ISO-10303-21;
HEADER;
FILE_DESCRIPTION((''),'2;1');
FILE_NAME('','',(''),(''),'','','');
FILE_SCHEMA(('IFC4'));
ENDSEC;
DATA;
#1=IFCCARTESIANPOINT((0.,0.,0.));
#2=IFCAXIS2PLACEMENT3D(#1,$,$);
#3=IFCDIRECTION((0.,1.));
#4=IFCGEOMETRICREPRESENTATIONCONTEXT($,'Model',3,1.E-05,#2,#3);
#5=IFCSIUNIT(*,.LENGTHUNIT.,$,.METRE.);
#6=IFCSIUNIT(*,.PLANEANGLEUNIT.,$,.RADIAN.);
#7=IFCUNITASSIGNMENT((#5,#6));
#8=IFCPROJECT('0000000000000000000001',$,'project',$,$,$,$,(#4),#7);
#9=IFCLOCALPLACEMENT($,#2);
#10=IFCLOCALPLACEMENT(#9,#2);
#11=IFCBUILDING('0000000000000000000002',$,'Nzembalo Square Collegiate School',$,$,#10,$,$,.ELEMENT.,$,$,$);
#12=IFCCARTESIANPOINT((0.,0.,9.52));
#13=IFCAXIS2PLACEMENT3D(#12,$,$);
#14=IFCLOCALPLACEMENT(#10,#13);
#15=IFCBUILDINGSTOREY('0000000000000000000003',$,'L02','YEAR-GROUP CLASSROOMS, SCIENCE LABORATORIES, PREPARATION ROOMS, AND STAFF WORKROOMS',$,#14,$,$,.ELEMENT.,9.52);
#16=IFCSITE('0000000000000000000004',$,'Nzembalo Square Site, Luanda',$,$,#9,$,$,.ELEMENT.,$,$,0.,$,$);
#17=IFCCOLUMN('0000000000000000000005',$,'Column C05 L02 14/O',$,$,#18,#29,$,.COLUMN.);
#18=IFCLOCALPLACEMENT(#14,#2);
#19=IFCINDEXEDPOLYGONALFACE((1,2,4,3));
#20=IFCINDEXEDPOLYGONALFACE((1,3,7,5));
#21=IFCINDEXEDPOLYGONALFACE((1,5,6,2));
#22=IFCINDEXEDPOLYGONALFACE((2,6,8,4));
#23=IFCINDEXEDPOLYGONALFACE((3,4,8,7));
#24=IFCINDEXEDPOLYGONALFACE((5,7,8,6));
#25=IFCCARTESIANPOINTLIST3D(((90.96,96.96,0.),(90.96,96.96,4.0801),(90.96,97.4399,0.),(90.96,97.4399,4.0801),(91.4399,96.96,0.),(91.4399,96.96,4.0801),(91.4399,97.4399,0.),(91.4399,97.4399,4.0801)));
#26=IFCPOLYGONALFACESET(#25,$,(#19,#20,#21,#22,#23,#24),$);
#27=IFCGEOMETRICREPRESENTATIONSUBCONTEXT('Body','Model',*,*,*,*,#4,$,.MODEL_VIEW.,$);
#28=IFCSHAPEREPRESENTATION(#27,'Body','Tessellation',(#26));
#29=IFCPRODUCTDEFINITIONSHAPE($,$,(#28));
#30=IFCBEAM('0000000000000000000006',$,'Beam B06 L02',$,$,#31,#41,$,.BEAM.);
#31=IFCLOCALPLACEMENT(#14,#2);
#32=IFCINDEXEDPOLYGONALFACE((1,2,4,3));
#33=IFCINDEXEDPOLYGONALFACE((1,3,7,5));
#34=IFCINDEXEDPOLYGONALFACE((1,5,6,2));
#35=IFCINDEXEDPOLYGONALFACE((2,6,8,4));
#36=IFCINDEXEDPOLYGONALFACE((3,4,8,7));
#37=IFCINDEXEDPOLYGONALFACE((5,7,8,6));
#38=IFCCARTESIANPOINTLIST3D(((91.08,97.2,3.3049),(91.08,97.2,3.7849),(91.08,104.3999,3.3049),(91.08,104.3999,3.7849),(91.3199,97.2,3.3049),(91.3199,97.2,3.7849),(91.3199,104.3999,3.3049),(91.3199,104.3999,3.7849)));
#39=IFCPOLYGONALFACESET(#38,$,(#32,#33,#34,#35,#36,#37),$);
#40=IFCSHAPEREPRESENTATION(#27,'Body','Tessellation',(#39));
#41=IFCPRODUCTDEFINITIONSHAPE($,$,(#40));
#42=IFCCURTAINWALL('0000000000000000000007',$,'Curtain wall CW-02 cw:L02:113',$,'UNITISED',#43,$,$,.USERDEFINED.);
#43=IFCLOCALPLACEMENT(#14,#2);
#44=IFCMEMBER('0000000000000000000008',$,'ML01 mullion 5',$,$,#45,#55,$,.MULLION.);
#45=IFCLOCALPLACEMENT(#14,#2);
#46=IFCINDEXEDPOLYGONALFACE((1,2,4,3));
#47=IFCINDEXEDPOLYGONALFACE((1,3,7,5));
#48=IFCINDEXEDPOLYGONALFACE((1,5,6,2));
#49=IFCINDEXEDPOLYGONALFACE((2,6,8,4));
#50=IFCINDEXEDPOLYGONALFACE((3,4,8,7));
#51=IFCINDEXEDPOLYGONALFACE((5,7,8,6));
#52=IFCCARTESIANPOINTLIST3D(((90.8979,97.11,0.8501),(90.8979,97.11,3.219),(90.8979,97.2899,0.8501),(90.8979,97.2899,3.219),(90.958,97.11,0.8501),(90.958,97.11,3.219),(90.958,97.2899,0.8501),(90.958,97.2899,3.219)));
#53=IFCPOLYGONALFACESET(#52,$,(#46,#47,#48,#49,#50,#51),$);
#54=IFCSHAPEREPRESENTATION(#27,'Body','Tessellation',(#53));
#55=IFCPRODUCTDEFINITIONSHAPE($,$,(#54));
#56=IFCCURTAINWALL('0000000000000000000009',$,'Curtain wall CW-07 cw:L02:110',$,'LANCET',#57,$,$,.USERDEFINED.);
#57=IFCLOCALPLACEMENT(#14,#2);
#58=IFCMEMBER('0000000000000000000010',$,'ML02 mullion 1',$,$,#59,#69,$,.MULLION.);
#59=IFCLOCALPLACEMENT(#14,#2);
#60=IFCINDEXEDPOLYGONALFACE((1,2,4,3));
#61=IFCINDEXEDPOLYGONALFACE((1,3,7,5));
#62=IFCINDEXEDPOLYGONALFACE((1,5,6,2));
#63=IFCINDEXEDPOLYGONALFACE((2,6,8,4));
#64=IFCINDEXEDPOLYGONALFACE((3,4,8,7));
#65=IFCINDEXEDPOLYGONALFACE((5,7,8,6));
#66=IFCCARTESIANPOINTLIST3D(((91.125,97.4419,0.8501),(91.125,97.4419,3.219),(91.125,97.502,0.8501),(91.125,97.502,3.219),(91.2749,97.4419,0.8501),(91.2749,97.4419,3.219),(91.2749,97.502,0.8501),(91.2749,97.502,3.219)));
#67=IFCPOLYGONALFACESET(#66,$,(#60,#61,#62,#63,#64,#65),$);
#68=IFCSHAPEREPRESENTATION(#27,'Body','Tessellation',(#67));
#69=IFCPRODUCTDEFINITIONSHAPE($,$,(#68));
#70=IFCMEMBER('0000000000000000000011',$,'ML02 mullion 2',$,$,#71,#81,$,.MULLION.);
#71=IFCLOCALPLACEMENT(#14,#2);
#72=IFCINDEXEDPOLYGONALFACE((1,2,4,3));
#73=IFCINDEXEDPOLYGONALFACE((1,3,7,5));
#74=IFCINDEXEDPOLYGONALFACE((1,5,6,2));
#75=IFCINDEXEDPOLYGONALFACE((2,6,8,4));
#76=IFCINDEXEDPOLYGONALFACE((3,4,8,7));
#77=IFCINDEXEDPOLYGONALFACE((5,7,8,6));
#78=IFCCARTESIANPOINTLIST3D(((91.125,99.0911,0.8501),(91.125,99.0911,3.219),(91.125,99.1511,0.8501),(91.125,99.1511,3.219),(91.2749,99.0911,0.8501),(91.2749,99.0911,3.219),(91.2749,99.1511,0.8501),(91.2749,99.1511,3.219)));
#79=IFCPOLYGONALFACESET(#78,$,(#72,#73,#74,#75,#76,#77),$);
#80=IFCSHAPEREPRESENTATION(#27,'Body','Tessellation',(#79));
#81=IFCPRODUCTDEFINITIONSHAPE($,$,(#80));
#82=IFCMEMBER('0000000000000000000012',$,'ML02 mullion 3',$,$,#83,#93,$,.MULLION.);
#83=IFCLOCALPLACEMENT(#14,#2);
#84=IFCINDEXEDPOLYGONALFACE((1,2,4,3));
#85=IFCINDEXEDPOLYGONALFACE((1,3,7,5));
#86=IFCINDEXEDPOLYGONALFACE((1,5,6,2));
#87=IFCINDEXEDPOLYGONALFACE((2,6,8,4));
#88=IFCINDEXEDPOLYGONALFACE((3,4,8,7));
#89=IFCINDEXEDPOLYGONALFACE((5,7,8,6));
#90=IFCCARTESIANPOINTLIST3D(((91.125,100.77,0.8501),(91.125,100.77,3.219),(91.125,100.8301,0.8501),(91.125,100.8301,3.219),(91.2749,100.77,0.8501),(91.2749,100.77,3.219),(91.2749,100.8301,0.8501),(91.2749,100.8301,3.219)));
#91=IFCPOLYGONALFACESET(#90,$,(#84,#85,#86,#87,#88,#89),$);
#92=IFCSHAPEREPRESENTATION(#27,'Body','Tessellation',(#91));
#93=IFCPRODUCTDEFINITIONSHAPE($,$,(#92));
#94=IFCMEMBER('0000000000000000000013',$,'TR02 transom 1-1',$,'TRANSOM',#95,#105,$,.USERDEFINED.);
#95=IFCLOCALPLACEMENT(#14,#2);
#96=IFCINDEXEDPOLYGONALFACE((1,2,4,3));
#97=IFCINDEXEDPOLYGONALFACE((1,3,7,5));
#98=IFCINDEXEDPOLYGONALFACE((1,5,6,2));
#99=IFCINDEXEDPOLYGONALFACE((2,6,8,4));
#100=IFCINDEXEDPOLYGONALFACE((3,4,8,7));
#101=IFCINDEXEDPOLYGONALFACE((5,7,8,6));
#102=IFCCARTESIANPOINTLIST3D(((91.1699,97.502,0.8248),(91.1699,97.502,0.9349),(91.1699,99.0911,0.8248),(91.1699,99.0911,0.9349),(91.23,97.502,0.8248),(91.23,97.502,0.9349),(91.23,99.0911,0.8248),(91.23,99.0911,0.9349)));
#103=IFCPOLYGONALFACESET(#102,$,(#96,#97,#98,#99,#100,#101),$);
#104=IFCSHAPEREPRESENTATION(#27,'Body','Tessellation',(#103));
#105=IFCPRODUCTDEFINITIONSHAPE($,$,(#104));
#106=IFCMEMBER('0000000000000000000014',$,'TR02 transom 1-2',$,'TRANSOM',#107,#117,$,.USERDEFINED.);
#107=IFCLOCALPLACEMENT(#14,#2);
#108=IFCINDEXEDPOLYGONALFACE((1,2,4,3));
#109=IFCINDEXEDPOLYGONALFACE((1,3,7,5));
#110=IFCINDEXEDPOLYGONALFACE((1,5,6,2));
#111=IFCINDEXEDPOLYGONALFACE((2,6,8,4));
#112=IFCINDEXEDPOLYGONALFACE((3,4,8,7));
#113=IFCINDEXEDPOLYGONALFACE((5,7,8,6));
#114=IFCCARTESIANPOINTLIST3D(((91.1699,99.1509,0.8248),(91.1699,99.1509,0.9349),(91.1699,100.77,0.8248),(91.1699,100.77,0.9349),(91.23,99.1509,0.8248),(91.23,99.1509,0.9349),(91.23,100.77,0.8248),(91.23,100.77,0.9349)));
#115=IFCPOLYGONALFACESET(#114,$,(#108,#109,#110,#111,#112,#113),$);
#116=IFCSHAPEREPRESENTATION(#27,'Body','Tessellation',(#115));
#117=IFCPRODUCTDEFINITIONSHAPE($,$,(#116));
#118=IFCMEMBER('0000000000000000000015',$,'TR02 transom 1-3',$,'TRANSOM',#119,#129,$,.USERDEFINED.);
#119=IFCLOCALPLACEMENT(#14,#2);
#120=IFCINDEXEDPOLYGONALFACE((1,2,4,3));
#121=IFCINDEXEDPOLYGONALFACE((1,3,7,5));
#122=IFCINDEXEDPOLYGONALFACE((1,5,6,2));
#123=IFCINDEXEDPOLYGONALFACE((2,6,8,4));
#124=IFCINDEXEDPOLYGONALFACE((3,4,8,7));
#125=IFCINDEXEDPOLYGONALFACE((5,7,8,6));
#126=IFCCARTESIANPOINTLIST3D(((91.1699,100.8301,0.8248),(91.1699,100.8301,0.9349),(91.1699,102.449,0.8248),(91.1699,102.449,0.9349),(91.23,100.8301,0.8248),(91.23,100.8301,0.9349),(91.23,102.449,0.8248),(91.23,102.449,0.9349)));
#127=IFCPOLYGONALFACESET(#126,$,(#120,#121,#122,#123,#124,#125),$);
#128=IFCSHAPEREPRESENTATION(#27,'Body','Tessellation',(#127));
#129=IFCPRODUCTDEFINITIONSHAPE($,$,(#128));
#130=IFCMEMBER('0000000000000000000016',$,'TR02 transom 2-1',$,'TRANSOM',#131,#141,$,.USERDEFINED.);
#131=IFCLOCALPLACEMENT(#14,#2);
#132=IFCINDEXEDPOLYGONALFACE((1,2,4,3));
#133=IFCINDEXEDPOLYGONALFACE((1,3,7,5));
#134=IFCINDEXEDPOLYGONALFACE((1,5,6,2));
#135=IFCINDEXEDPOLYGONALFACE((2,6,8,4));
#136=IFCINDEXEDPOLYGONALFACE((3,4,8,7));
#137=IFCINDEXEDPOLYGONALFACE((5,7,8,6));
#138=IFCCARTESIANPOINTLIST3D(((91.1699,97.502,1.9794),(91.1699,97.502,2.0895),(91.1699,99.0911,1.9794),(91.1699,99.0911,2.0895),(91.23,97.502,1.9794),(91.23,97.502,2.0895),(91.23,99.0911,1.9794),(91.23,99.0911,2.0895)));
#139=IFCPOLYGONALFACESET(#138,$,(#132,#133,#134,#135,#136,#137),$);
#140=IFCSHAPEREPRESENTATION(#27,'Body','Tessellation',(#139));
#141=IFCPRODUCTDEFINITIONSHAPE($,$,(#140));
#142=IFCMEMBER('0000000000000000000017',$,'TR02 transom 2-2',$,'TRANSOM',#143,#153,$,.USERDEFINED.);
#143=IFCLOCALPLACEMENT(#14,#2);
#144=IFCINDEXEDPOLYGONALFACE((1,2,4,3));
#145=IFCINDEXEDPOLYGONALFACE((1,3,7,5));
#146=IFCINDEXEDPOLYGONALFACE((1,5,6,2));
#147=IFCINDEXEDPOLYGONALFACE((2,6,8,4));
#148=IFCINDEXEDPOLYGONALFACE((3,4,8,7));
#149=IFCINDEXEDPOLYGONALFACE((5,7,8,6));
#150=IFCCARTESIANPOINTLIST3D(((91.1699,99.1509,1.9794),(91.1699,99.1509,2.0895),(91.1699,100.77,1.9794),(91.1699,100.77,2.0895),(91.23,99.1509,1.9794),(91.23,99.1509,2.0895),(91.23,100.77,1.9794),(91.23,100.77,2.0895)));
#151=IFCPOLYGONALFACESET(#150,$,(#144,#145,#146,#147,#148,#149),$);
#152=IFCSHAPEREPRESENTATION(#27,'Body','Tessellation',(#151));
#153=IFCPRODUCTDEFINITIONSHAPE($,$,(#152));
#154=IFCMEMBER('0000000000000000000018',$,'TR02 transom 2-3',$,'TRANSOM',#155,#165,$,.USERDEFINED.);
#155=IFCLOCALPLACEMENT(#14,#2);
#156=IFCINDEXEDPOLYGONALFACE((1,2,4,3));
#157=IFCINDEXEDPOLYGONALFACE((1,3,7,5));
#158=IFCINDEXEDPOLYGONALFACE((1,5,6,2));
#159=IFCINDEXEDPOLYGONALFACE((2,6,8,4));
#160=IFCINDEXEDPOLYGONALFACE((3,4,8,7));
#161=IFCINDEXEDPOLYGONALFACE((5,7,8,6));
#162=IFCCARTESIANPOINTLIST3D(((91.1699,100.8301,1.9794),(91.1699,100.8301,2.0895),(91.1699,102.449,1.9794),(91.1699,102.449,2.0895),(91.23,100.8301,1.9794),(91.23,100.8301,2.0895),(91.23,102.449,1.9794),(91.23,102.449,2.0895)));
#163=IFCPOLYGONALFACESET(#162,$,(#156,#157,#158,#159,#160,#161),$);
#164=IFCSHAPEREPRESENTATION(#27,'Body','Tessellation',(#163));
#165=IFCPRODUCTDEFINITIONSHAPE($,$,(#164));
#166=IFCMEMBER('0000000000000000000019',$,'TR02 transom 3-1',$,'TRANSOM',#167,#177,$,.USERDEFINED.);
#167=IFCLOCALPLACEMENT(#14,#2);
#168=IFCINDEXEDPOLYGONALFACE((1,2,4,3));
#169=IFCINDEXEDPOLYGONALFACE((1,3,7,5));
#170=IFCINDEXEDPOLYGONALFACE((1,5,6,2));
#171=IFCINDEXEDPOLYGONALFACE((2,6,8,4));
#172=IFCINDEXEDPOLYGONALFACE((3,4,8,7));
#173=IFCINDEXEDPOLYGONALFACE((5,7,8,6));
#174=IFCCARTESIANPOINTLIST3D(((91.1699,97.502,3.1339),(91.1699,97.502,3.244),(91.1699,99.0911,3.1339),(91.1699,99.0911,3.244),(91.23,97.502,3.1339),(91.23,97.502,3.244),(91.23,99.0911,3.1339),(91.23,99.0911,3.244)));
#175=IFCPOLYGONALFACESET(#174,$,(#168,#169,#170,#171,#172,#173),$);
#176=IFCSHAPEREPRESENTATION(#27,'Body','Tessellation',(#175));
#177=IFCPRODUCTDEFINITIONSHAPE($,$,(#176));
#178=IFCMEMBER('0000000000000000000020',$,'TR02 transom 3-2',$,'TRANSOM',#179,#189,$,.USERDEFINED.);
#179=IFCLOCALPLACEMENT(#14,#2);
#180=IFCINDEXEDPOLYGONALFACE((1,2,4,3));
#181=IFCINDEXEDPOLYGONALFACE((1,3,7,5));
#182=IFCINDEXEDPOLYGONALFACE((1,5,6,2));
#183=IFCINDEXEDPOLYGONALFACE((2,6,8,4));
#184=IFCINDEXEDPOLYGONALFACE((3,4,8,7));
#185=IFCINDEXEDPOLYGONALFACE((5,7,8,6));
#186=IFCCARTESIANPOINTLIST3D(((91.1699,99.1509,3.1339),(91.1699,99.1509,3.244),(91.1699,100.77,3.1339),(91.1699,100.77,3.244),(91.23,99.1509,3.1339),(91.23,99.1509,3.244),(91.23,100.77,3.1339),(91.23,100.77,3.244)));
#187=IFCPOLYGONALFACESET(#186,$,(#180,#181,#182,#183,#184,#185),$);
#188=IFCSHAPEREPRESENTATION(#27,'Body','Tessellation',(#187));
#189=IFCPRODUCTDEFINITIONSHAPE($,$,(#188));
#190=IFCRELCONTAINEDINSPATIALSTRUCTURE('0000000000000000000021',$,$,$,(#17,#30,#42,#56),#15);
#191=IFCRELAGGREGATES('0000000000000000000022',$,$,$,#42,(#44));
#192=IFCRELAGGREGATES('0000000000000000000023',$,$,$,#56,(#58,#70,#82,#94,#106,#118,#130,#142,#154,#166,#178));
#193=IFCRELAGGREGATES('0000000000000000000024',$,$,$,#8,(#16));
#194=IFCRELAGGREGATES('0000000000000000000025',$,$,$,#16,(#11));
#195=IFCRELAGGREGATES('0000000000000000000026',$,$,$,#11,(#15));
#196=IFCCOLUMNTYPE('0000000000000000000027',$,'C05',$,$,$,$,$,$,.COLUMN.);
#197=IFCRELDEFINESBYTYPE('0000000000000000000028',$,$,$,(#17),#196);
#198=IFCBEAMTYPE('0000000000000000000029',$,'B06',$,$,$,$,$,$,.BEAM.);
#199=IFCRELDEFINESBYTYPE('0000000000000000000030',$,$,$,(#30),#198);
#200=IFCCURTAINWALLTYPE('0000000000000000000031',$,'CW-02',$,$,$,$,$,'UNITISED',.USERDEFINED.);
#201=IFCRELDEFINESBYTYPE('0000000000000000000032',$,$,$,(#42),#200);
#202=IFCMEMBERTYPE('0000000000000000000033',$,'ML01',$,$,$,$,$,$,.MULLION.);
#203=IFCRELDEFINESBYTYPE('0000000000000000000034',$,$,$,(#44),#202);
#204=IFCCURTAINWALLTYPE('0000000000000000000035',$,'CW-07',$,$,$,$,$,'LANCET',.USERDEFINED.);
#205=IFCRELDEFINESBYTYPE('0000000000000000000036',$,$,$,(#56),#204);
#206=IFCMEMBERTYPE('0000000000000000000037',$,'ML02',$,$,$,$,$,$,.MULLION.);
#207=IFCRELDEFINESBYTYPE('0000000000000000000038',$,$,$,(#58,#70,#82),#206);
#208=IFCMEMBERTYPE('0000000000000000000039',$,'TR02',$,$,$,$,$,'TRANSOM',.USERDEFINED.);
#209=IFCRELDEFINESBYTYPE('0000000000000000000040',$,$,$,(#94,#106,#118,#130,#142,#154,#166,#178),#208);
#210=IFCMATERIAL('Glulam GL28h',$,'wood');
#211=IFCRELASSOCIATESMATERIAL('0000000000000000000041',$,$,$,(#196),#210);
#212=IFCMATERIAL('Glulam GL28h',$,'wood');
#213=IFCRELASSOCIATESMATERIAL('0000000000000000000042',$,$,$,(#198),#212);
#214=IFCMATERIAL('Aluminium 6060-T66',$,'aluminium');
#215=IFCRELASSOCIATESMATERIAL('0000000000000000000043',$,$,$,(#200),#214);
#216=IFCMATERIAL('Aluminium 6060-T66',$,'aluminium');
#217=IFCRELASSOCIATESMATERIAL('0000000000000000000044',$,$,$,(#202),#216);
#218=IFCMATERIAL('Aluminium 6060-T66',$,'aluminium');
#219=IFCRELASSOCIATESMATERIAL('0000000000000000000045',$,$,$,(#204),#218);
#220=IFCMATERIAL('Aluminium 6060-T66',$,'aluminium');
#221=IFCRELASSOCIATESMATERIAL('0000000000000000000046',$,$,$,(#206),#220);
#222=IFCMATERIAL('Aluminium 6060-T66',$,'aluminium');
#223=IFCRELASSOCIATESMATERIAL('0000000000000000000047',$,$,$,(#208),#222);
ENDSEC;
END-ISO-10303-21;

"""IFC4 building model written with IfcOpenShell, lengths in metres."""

from ifc_helpers import new_model, si_unit, direction, frame, origin, origin_2d, place, context, subcontext, project, spatial, rectangle, extrude, material, material_profile, profile_set, type_object, element, aggregate, save


model = new_model("IFC4")

# Units and contexts
model_context = context("Model", 3, precision=1e-05, world=origin(), true_north=direction((0.0, 1.0)))
body_context = subcontext(model_context, "Body", "Model", "MODEL_VIEW")
ifc_project = project(units=[si_unit("LENGTHUNIT", "METRE"), si_unit("PLANEANGLEUNIT", "RADIAN")], contexts=[model_context])

# Site, building, storey
site_placement = place(None, origin())
site = spatial("IfcSite", under=ifc_project, at=site_placement, Name="Nzembalo Square Site, Luanda", CompositionType="ELEMENT", RefElevation=0.0)
building_placement = place(site_placement, origin())
building = spatial("IfcBuilding", under=site, at=building_placement, Name="Nzembalo Square Collegiate School", CompositionType="ELEMENT")
storey_placement = place(building_placement, frame((0.0, 0.0, 9.52)))
storey = spatial("IfcBuildingStorey", under=building, at=storey_placement, Name="L02", Description="YEAR-GROUP CLASSROOMS, SCIENCE LABORATORIES, PREPARATION ROOMS, AND STAFF WORKROOMS", CompositionType="ELEMENT", Elevation=9.52)

# Column
ifc_material_1 = material(Name="Glulam GL28h", Category="wood")
ifc_material_profile_1 = material_profile(ifc_material_1, rectangle(XDim=0.48, YDim=0.48, at=origin_2d()), Name="GL28h 480x480")
ifc_profile_set_1 = profile_set([ifc_material_profile_1], Name="Glulam GL28h")
column_type = type_object("IfcColumnType", Name="C05", PredefinedType="COLUMN", material=ifc_profile_set_1)
column_placement = place(storey_placement, frame((91.2, 97.2, 0.0), z_axis=(0.0, 0.0, 1.0), x_axis=(1.0, 0.0, 0.0)))
element("IfcColumn", 1, at=column_placement, inside=storey, type_object=column_type, Name="Column C05 L02 14/O", PredefinedType="COLUMN", context=body_context, shape_type="SweptSolid", body=[
    extrude(rectangle(XDim=0.48, YDim=0.48, at=origin_2d()), origin(), (0.0, 0.0, 1.0), 4.0801),
])

# Beam
ifc_material_2 = material(Name="Glulam GL28h", Category="wood")
ifc_material_profile_2 = material_profile(ifc_material_2, rectangle(XDim=0.24, YDim=0.48, at=origin_2d()), Name="GL28h 240x480")
ifc_profile_set_2 = profile_set([ifc_material_profile_2], Name="Glulam GL28h")
beam_type = type_object("IfcBeamType", Name="B06", PredefinedType="BEAM", material=ifc_profile_set_2)
beam_placement = place(storey_placement, frame((91.2, 97.2, 3.5449), z_axis=(0.0, 1.0, 0.0), x_axis=(-1.0, 0.0, 0.0)))
element("IfcBeam", 2, at=beam_placement, inside=storey, type_object=beam_type, Name="Beam B06 L02", PredefinedType="BEAM", context=body_context, shape_type="SweptSolid", body=[
    extrude(rectangle(XDim=0.24, YDim=0.48, at=origin_2d()), origin(), (0.0, 0.0, 1.0), 7.2),
])

# Curtain wall, member
ifc_material_3 = material(Name="Aluminium 6060-T66", Category="aluminium")
curtain_wall_type_1 = type_object("IfcCurtainWallType", Name="CW-02", ElementType="UNITISED", PredefinedType="USERDEFINED", material=ifc_material_3)
curtain_wall_1_placement = place(storey_placement, origin())
curtain_wall_1 = element("IfcCurtainWall", 3, at=curtain_wall_1_placement, inside=storey, type_object=curtain_wall_type_1, Name="Curtain wall CW-02 cw:L02:113", ObjectType="UNITISED", PredefinedType="USERDEFINED")
ifc_material_4 = material(Name="Aluminium 6060-T66", Category="aluminium")
ifc_material_profile_3 = material_profile(ifc_material_4, rectangle(XDim=0.0601, YDim=0.1799, at=origin_2d()), Name="ALU M60x180")
ifc_profile_set_3 = profile_set([ifc_material_profile_3], Name="Aluminium 6060-T66")
member_type_1 = type_object("IfcMemberType", Name="ML01", PredefinedType="MULLION", material=ifc_profile_set_3)
member_1_placement = place(storey_placement, frame((90.928, 97.2, 0.8501), z_axis=(0.0, 0.0, 1.0), x_axis=(1.0, 0.0, 0.0)))
member_1 = element("IfcMember", 4, at=member_1_placement, type_object=member_type_1, Name="ML01 mullion 5", PredefinedType="MULLION", context=body_context, shape_type="SweptSolid", body=[
    extrude(rectangle(XDim=0.0601, YDim=0.1799, at=origin_2d()), origin(), (0.0, 0.0, 1.0), 2.3689),
])

# Curtain wall, members
ifc_material_5 = material(Name="Aluminium 6060-T66", Category="aluminium")
curtain_wall_type_2 = type_object("IfcCurtainWallType", Name="CW-07", ElementType="LANCET", PredefinedType="USERDEFINED", material=ifc_material_5)
curtain_wall_2_placement = place(storey_placement, origin())
curtain_wall_2 = element("IfcCurtainWall", 5, at=curtain_wall_2_placement, inside=storey, type_object=curtain_wall_type_2, Name="Curtain wall CW-07 cw:L02:110", ObjectType="LANCET", PredefinedType="USERDEFINED")
ifc_material_6 = material(Name="Aluminium 6060-T66", Category="aluminium")
ifc_material_profile_4 = material_profile(ifc_material_6, rectangle(XDim=0.0601, YDim=0.1499, at=origin_2d()), Name="ALU M60x150")
ifc_profile_set_4 = profile_set([ifc_material_profile_4], Name="Aluminium 6060-T66")
member_type_2 = type_object("IfcMemberType", Name="ML02", PredefinedType="MULLION", material=ifc_profile_set_4)
member_2_placement = place(storey_placement, frame((91.2, 97.4719, 0.8501), z_axis=(0.0, 0.0, 1.0), x_axis=(0.0, 1.0, 0.0)))
member_2 = element("IfcMember", 6, at=member_2_placement, type_object=member_type_2, Name="ML02 mullion 1", PredefinedType="MULLION", context=body_context, shape_type="SweptSolid", body=[
    extrude(rectangle(XDim=0.0601, YDim=0.1499, at=origin_2d()), origin(), (0.0, 0.0, 1.0), 2.3689),
])
member_3_placement = place(storey_placement, frame((91.2, 99.1211, 0.8501), z_axis=(0.0, 0.0, 1.0), x_axis=(0.0, 1.0, 0.0)))
member_3 = element("IfcMember", 7, at=member_3_placement, type_object=member_type_2, Name="ML02 mullion 2", PredefinedType="MULLION", context=body_context, shape_type="SweptSolid", body=[
    extrude(rectangle(XDim=0.0601, YDim=0.1499, at=origin_2d()), origin(), (0.0, 0.0, 1.0), 2.3689),
])
member_4_placement = place(storey_placement, frame((91.2, 100.8, 0.8501), z_axis=(0.0, 0.0, 1.0), x_axis=(0.0, 1.0, 0.0)))
member_4 = element("IfcMember", 8, at=member_4_placement, type_object=member_type_2, Name="ML02 mullion 3", PredefinedType="MULLION", context=body_context, shape_type="SweptSolid", body=[
    extrude(rectangle(XDim=0.0601, YDim=0.1499, at=origin_2d()), origin(), (0.0, 0.0, 1.0), 2.3689),
])
ifc_material_7 = material(Name="Aluminium 6060-T66", Category="aluminium")
ifc_material_profile_5 = material_profile(ifc_material_7, rectangle(XDim=0.0601, YDim=0.1101, at=origin_2d()), Name="ALU T60x110")
ifc_profile_set_5 = profile_set([ifc_material_profile_5], Name="Aluminium 6060-T66")
member_type_3 = type_object("IfcMemberType", Name="TR02", ElementType="TRANSOM", PredefinedType="USERDEFINED", material=ifc_profile_set_5)
member_5_placement = place(storey_placement, frame((91.2, 97.502, 0.8799), z_axis=(0.0, 1.0, 0.0), x_axis=(-1.0, 0.0, 0.0)))
member_5 = element("IfcMember", 9, at=member_5_placement, type_object=member_type_3, Name="TR02 transom 1-1", ObjectType="TRANSOM", PredefinedType="USERDEFINED", context=body_context, shape_type="SweptSolid", body=[
    extrude(rectangle(XDim=0.0601, YDim=0.1101, at=origin_2d()), origin(), (0.0, 0.0, 1.0), 1.5891),
])
member_6_placement = place(storey_placement, frame((91.2, 99.1509, 0.8799), z_axis=(0.0, 1.0, 0.0), x_axis=(-1.0, 0.0, 0.0)))
member_6 = element("IfcMember", 10, at=member_6_placement, type_object=member_type_3, Name="TR02 transom 1-2", ObjectType="TRANSOM", PredefinedType="USERDEFINED", context=body_context, shape_type="SweptSolid", body=[
    extrude(rectangle(XDim=0.0601, YDim=0.1101, at=origin_2d()), origin(), (0.0, 0.0, 1.0), 1.6191),
])
member_7_placement = place(storey_placement, frame((91.2, 100.8301, 0.8799), z_axis=(0.0, 1.0, 0.0), x_axis=(-1.0, 0.0, 0.0)))
member_7 = element("IfcMember", 11, at=member_7_placement, type_object=member_type_3, Name="TR02 transom 1-3", ObjectType="TRANSOM", PredefinedType="USERDEFINED", context=body_context, shape_type="SweptSolid", body=[
    extrude(rectangle(XDim=0.0601, YDim=0.1101, at=origin_2d()), origin(), (0.0, 0.0, 1.0), 1.6189),
])
member_8_placement = place(storey_placement, frame((91.2, 97.502, 2.0344), z_axis=(0.0, 1.0, 0.0), x_axis=(-1.0, 0.0, 0.0)))
member_8 = element("IfcMember", 12, at=member_8_placement, type_object=member_type_3, Name="TR02 transom 2-1", ObjectType="TRANSOM", PredefinedType="USERDEFINED", context=body_context, shape_type="SweptSolid", body=[
    extrude(rectangle(XDim=0.0601, YDim=0.1101, at=origin_2d()), origin(), (0.0, 0.0, 1.0), 1.5891),
])
member_9_placement = place(storey_placement, frame((91.2, 99.1509, 2.0344), z_axis=(0.0, 1.0, 0.0), x_axis=(-1.0, 0.0, 0.0)))
member_9 = element("IfcMember", 13, at=member_9_placement, type_object=member_type_3, Name="TR02 transom 2-2", ObjectType="TRANSOM", PredefinedType="USERDEFINED", context=body_context, shape_type="SweptSolid", body=[
    extrude(rectangle(XDim=0.0601, YDim=0.1101, at=origin_2d()), origin(), (0.0, 0.0, 1.0), 1.6191),
])
member_10_placement = place(storey_placement, frame((91.2, 100.8301, 2.0344), z_axis=(0.0, 1.0, 0.0), x_axis=(-1.0, 0.0, 0.0)))
member_10 = element("IfcMember", 14, at=member_10_placement, type_object=member_type_3, Name="TR02 transom 2-3", ObjectType="TRANSOM", PredefinedType="USERDEFINED", context=body_context, shape_type="SweptSolid", body=[
    extrude(rectangle(XDim=0.0601, YDim=0.1101, at=origin_2d()), origin(), (0.0, 0.0, 1.0), 1.6189),
])
member_11_placement = place(storey_placement, frame((91.2, 97.502, 3.189), z_axis=(0.0, 1.0, 0.0), x_axis=(-1.0, 0.0, 0.0)))
member_11 = element("IfcMember", 15, at=member_11_placement, type_object=member_type_3, Name="TR02 transom 3-1", ObjectType="TRANSOM", PredefinedType="USERDEFINED", context=body_context, shape_type="SweptSolid", body=[
    extrude(rectangle(XDim=0.0601, YDim=0.1101, at=origin_2d()), origin(), (0.0, 0.0, 1.0), 1.5891),
])
member_12_placement = place(storey_placement, frame((91.2, 99.1509, 3.189), z_axis=(0.0, 1.0, 0.0), x_axis=(-1.0, 0.0, 0.0)))
member_12 = element("IfcMember", 16, at=member_12_placement, type_object=member_type_3, Name="TR02 transom 3-2", ObjectType="TRANSOM", PredefinedType="USERDEFINED", context=body_context, shape_type="SweptSolid", body=[
    extrude(rectangle(XDim=0.0601, YDim=0.1101, at=origin_2d()), origin(), (0.0, 0.0, 1.0), 1.6191),
])

aggregate(curtain_wall_1, [member_1])
aggregate(curtain_wall_2, [member_2, member_3, member_4, member_5, member_6, member_7, member_8, member_9, member_10, member_11, member_12])

save(model, "model.ifc")
